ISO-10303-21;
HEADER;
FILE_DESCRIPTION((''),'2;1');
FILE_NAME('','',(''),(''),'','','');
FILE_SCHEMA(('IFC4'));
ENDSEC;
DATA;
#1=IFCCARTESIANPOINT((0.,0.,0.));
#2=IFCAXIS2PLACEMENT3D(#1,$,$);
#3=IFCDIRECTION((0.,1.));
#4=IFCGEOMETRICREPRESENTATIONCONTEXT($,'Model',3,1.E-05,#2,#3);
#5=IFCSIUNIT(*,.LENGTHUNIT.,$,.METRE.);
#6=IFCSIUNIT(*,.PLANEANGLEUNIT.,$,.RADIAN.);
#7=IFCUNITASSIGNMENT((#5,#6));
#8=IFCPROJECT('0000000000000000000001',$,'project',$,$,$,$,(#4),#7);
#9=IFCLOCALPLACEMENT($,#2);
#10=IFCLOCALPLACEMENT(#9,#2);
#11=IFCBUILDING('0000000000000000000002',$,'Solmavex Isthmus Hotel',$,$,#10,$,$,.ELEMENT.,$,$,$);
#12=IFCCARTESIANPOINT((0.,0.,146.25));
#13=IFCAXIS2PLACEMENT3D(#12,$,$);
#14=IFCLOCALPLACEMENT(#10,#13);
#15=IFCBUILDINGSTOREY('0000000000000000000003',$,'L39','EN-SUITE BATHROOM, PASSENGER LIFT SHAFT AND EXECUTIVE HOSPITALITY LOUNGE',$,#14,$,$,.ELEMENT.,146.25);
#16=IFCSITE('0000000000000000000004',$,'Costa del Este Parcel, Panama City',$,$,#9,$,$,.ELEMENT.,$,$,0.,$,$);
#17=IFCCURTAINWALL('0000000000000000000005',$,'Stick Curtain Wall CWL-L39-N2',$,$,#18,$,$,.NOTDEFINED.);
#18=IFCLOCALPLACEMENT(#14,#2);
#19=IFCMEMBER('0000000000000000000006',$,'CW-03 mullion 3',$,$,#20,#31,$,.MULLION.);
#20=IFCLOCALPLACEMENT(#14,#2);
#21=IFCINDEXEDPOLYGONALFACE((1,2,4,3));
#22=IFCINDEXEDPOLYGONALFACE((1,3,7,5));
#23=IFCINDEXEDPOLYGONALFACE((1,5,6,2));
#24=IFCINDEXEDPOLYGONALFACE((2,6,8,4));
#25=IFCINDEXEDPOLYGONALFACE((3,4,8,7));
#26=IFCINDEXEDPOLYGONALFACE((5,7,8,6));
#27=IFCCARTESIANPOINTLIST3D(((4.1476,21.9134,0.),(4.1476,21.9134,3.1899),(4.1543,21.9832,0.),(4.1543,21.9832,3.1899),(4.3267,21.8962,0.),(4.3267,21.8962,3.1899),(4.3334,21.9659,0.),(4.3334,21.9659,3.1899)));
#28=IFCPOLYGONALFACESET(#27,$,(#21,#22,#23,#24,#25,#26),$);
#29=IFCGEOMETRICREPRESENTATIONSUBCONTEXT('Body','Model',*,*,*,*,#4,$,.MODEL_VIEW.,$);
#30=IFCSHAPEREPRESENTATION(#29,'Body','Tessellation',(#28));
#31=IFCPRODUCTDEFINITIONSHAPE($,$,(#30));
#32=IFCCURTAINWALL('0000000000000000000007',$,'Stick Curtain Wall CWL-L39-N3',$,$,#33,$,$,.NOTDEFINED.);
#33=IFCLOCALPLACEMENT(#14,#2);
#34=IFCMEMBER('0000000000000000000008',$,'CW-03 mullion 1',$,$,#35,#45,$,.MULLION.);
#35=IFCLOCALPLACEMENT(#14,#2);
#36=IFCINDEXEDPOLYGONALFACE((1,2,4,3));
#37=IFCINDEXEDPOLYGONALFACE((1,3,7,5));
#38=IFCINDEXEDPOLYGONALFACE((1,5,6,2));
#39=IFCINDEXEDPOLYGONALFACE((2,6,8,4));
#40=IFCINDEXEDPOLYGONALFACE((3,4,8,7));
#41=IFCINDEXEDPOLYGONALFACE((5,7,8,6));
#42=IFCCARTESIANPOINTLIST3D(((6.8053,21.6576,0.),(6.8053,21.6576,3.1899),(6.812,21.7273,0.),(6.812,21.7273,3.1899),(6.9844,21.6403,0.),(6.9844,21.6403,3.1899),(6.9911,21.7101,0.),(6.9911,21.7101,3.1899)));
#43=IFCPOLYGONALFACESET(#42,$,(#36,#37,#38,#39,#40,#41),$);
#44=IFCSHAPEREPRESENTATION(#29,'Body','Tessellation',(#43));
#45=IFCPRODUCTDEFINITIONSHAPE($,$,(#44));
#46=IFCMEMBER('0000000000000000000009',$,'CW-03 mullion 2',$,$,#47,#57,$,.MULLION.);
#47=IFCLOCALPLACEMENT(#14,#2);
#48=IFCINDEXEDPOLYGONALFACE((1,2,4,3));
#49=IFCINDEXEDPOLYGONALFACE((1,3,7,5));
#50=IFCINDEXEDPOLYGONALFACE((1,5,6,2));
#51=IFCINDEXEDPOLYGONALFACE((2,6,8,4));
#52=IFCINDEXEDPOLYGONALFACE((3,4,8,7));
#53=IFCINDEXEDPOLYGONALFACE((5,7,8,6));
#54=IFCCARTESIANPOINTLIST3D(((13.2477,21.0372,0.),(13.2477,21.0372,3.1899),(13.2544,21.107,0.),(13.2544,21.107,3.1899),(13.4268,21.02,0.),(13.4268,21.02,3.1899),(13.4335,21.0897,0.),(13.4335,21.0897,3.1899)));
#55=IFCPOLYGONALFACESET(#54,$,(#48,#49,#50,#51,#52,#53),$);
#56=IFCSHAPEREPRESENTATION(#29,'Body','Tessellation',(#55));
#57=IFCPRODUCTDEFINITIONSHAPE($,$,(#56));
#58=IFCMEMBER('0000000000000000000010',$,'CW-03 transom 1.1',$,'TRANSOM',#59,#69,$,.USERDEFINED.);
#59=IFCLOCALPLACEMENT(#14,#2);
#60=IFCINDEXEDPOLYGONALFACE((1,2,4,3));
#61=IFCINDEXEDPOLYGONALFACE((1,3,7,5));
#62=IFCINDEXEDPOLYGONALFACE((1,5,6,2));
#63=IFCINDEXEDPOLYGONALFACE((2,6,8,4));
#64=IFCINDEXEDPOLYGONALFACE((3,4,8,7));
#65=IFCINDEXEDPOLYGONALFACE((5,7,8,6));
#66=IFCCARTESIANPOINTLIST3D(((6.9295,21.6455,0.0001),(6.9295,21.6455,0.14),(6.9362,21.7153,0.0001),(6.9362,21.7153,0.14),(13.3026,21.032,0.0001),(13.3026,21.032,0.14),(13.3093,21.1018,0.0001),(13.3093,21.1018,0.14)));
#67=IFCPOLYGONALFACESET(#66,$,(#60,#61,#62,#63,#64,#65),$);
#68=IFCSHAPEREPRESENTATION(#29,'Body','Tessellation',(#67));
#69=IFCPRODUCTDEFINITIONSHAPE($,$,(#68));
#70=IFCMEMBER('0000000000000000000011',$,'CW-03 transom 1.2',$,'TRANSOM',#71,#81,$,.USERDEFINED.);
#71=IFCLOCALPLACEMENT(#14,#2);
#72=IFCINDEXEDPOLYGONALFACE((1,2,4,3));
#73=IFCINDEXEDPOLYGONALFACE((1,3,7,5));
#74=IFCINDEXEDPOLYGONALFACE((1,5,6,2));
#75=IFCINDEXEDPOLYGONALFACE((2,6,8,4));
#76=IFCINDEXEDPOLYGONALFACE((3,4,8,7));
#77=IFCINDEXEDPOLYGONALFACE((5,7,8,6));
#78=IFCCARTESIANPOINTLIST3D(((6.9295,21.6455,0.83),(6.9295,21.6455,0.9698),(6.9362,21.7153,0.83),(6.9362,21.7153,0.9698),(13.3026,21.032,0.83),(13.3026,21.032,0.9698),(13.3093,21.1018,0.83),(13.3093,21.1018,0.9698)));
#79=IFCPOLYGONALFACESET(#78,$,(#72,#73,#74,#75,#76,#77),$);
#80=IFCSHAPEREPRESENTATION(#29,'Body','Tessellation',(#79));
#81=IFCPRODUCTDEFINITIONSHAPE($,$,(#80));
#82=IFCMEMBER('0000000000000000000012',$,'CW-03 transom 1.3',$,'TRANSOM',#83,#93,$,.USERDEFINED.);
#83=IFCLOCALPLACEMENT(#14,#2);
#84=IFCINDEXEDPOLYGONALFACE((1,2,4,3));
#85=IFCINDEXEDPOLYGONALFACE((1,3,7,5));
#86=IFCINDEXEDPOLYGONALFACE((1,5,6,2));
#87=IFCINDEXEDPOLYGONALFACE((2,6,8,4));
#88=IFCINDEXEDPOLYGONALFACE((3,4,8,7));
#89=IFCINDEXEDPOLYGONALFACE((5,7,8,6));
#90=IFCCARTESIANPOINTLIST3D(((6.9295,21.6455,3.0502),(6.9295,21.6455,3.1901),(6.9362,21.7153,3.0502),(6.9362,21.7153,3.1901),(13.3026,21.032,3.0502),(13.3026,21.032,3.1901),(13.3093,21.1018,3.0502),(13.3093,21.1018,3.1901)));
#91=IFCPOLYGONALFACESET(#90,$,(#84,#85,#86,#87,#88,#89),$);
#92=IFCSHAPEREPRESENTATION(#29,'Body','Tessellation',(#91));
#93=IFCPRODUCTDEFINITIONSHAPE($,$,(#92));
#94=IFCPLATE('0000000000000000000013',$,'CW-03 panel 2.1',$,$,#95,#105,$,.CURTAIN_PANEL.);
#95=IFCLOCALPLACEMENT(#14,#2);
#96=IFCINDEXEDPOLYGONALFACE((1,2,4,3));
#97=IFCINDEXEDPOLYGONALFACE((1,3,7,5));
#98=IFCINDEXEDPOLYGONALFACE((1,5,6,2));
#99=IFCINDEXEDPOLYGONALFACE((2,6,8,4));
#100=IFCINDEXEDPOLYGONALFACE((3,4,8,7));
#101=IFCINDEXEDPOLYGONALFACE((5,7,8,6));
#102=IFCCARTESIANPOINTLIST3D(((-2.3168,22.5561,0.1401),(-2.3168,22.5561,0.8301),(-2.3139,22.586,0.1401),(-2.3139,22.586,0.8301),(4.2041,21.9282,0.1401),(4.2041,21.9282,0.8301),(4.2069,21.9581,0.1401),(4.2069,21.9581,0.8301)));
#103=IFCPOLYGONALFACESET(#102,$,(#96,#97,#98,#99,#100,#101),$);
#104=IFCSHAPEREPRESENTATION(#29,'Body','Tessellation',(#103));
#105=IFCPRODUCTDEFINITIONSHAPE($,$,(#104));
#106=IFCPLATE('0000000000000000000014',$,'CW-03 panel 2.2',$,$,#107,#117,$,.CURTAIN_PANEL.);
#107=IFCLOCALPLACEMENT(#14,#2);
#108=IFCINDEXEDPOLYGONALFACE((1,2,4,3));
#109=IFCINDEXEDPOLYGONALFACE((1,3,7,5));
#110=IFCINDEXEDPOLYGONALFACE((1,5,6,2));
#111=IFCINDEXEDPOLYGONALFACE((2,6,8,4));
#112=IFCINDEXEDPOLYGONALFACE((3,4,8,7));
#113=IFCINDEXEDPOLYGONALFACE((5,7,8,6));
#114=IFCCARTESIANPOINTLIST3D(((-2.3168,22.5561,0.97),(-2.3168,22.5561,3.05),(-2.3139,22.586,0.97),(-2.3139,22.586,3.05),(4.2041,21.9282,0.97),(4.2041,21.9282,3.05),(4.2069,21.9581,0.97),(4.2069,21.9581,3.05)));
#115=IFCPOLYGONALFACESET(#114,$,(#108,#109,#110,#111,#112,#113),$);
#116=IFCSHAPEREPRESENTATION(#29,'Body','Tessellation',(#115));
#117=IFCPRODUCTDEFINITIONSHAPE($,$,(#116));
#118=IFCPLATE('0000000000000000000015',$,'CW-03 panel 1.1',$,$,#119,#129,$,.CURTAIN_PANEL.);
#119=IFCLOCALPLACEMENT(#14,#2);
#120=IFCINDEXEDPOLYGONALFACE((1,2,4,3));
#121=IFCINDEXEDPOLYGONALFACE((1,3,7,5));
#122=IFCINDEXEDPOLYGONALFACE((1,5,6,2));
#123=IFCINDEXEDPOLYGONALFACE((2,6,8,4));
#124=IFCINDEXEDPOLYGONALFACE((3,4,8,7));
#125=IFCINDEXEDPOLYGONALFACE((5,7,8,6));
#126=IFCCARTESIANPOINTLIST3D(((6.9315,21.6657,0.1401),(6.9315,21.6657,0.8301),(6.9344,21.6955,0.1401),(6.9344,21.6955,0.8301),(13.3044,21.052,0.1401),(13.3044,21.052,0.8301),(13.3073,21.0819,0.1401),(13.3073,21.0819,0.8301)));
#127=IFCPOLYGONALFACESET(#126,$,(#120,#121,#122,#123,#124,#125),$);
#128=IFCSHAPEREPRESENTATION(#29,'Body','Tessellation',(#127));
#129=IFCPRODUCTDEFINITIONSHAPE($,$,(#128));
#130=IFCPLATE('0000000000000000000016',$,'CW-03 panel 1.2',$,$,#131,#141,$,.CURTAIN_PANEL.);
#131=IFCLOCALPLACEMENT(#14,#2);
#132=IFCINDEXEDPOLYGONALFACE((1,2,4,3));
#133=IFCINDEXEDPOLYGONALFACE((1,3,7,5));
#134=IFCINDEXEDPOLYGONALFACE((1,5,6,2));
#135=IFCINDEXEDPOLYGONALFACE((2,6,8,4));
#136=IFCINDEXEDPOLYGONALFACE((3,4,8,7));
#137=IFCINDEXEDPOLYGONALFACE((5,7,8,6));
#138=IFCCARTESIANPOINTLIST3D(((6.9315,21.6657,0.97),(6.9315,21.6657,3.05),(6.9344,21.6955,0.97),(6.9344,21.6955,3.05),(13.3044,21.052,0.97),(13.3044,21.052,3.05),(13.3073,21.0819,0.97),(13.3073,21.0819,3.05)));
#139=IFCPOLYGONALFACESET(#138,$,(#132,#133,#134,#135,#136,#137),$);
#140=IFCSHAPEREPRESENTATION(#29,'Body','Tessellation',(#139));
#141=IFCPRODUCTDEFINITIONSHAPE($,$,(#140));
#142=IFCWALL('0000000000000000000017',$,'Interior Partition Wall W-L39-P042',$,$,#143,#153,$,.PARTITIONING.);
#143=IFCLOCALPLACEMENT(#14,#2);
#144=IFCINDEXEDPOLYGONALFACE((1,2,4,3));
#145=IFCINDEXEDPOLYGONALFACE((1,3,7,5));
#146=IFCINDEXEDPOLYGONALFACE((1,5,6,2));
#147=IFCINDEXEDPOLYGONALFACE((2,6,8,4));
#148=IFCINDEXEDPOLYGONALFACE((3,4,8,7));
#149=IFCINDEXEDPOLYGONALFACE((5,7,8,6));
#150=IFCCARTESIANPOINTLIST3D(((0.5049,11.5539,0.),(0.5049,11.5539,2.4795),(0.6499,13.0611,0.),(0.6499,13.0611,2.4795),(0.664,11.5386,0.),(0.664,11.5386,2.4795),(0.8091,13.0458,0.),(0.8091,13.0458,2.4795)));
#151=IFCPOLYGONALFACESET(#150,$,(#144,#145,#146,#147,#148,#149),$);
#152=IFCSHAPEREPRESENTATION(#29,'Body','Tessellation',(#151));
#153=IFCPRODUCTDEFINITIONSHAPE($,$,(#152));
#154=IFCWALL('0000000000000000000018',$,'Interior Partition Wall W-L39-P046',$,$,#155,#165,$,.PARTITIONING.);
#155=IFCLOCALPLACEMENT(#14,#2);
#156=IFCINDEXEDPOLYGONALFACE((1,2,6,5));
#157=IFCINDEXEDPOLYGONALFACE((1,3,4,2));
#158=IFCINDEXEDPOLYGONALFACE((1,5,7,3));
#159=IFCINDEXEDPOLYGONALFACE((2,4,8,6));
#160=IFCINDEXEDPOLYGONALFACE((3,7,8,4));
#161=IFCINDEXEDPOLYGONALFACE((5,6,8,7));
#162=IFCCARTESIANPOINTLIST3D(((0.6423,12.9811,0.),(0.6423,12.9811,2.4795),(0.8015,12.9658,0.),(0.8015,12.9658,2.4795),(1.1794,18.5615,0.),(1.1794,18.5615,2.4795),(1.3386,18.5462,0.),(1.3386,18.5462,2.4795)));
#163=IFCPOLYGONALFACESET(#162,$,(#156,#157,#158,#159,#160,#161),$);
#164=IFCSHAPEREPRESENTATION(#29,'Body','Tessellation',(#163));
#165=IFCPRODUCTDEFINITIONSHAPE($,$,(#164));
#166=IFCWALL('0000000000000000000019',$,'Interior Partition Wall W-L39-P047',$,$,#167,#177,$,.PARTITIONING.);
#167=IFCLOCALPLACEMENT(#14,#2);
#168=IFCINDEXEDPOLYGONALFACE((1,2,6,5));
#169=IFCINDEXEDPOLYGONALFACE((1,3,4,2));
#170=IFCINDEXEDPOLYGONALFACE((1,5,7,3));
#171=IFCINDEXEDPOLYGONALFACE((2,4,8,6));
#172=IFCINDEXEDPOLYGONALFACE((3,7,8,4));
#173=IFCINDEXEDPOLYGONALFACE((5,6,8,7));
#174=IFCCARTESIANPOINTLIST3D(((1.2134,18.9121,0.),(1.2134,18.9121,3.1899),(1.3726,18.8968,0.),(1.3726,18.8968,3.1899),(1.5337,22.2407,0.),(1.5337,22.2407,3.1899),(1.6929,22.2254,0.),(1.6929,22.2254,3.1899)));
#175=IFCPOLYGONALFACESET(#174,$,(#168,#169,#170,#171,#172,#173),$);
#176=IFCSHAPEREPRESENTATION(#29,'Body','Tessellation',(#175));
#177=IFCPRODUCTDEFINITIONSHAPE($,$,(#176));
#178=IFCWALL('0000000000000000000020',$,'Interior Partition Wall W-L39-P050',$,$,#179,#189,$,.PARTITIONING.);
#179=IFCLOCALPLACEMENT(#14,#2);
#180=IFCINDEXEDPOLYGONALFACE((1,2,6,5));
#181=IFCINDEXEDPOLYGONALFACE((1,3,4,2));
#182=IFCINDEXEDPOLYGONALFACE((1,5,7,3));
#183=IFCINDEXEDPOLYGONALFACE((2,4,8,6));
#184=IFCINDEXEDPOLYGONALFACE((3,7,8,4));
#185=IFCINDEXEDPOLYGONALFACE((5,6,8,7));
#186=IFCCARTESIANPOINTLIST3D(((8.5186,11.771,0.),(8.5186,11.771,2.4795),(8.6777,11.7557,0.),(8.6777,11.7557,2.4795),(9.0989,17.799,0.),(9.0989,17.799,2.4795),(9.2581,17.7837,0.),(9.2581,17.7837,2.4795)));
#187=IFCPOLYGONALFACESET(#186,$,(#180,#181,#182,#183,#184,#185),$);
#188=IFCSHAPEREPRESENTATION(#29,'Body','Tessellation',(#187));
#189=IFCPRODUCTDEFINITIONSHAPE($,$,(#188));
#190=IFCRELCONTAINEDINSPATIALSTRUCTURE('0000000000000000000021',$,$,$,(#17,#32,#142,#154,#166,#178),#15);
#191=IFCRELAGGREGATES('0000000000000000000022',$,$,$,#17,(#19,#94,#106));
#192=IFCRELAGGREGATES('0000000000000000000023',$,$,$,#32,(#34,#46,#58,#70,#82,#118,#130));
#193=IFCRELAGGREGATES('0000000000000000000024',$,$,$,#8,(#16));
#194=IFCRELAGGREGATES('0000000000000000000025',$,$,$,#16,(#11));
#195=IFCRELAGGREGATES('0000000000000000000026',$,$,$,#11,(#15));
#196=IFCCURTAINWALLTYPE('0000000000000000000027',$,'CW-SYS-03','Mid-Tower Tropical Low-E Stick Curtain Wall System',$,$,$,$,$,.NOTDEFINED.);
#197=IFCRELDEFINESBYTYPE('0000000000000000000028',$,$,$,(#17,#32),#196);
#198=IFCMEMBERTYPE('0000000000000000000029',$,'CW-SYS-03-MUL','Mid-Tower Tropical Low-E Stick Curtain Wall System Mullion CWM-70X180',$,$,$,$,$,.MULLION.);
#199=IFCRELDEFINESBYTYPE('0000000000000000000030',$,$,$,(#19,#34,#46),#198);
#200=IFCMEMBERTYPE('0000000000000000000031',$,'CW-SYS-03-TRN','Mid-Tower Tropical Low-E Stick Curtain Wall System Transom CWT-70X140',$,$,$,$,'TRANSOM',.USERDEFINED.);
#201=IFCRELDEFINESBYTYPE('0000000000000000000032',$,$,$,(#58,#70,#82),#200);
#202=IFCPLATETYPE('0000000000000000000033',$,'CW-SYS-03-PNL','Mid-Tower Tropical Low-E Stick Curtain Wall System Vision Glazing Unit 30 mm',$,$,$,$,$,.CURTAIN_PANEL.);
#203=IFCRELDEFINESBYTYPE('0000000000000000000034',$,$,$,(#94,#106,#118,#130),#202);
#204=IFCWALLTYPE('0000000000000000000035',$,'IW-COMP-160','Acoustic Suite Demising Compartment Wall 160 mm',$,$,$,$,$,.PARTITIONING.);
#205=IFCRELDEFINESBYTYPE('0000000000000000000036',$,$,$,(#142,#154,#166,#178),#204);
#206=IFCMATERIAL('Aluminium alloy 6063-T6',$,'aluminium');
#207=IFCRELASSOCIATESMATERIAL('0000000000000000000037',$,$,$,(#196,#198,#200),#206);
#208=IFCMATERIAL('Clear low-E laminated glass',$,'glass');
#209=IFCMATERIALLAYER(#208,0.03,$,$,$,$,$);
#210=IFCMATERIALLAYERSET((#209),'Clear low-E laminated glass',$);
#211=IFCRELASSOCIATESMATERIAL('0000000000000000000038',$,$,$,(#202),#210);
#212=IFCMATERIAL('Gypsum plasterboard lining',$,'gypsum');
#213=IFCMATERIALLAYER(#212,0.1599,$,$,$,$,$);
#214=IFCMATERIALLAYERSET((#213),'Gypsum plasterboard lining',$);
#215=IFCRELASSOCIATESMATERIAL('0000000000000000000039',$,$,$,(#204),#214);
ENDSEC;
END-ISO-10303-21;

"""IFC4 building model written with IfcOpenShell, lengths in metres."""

from ifc_helpers import new_model, si_unit, direction, frame, frame_2d, origin, origin_2d, place, context, subcontext, project, spatial, rectangle, extrude, material, layer, layer_set, material_profile, profile_set, type_object, element, aggregate, save


model = new_model("IFC4")

# Units and contexts
model_context = context("Model", 3, precision=1e-05, world=origin(), true_north=direction((0.0, 1.0)))
body_context = subcontext(model_context, "Body", "Model", "MODEL_VIEW")
ifc_project = project(units=[si_unit("LENGTHUNIT", "METRE"), si_unit("PLANEANGLEUNIT", "RADIAN")], contexts=[model_context])

# Site, building, storey
site_placement = place(None, origin())
site = spatial("IfcSite", under=ifc_project, at=site_placement, Name="Costa del Este Parcel, Panama City", CompositionType="ELEMENT", RefElevation=0.0)
building_placement = place(site_placement, origin())
building = spatial("IfcBuilding", under=site, at=building_placement, Name="Solmavex Isthmus Hotel", CompositionType="ELEMENT")
storey_placement = place(building_placement, frame((0.0, 0.0, 146.25)))
storey = spatial("IfcBuildingStorey", under=building, at=storey_placement, Name="L39", Description="EN-SUITE BATHROOM, PASSENGER LIFT SHAFT AND EXECUTIVE HOSPITALITY LOUNGE", CompositionType="ELEMENT", Elevation=146.25)

# Curtain wall, member
ifc_material_1 = material(Name="Aluminium alloy 6063-T6", Category="aluminium")
curtain_wall_type = type_object("IfcCurtainWallType", Name="CW-SYS-03", Description="Mid-Tower Tropical Low-E Stick Curtain Wall System", PredefinedType="NOTDEFINED", material=ifc_material_1)
curtain_wall_1_placement = place(storey_placement, origin())
curtain_wall_1 = element("IfcCurtainWall", 1, at=curtain_wall_1_placement, inside=storey, type_object=curtain_wall_type, Name="Stick Curtain Wall CWL-L39-N2", PredefinedType="NOTDEFINED")
ifc_material_profile_1 = material_profile(ifc_material_1, rectangle(XDim=0.0701, YDim=0.1799, at=origin_2d()), Name="CWM-70X180")
ifc_profile_set_1 = profile_set([ifc_material_profile_1], Name="Aluminium alloy 6063-T6")
member_type_1 = type_object("IfcMemberType", Name="CW-SYS-03-MUL", Description="Mid-Tower Tropical Low-E Stick Curtain Wall System Mullion CWM-70X180", PredefinedType="MULLION", material=ifc_profile_set_1)
member_1_placement = place(storey_placement, frame((4.2405, 21.9397, 0.0), z_axis=(0.0, 0.0, 1.0), x_axis=(0.095845, 0.995396, 0.0)))
member_1 = element("IfcMember", 2, at=member_1_placement, type_object=member_type_1, Name="CW-03 mullion 3", PredefinedType="MULLION", context=body_context, shape_type="SweptSolid", body=[
    extrude(rectangle(XDim=0.0701, YDim=0.1799, at=origin_2d()), origin(), (0.0, 0.0, 1.0), 3.1899),
])

# Curtain wall, members
curtain_wall_2_placement = place(storey_placement, origin())
curtain_wall_2 = element("IfcCurtainWall", 3, at=curtain_wall_2_placement, inside=storey, type_object=curtain_wall_type, Name="Stick Curtain Wall CWL-L39-N3", PredefinedType="NOTDEFINED")
member_2_placement = place(storey_placement, frame((6.8982, 21.6838, 0.0), z_axis=(0.0, 0.0, 1.0), x_axis=(0.095846, 0.995396, 0.0)))
member_2 = element("IfcMember", 4, at=member_2_placement, type_object=member_type_1, Name="CW-03 mullion 1", PredefinedType="MULLION", context=body_context, shape_type="SweptSolid", body=[
    extrude(rectangle(XDim=0.0701, YDim=0.1799, at=origin_2d()), origin(), (0.0, 0.0, 1.0), 3.1899),
])
member_3_placement = place(storey_placement, frame((13.3406, 21.0635, 0.0), z_axis=(0.0, 0.0, 1.0), x_axis=(0.095846, 0.995396, 0.0)))
member_3 = element("IfcMember", 5, at=member_3_placement, type_object=member_type_1, Name="CW-03 mullion 2", PredefinedType="MULLION", context=body_context, shape_type="SweptSolid", body=[
    extrude(rectangle(XDim=0.0701, YDim=0.1799, at=origin_2d()), origin(), (0.0, 0.0, 1.0), 3.1899),
])
ifc_material_profile_2 = material_profile(ifc_material_1, rectangle(XDim=0.0701, YDim=0.1399, at=origin_2d()), Name="CWT-70X140")
ifc_profile_set_2 = profile_set([ifc_material_profile_2], Name="Aluminium alloy 6063-T6")
member_type_2 = type_object("IfcMemberType", Name="CW-SYS-03-TRN", Description="Mid-Tower Tropical Low-E Stick Curtain Wall System Transom CWT-70X140", ElementType="TRANSOM", PredefinedType="USERDEFINED", material=ifc_profile_set_2)
member_4_placement = place(storey_placement, frame((6.9329, 21.6804, 0.0701), z_axis=(0.995398, -0.095826, 0.0), x_axis=(0.095826, 0.995398, 0.0)))
member_4 = element("IfcMember", 6, at=member_4_placement, type_object=member_type_2, Name="CW-03 transom 1.1", ObjectType="TRANSOM", PredefinedType="USERDEFINED", context=body_context, shape_type="SweptSolid", body=[
    extrude(rectangle(XDim=0.0701, YDim=0.1399, at=origin_2d()), origin(), (0.0, 0.0, 1.0), 6.4026),
])
member_5_placement = place(storey_placement, frame((6.9329, 21.6804, 0.8999), z_axis=(0.995398, -0.095826, 0.0), x_axis=(0.095826, 0.995398, 0.0)))
member_5 = element("IfcMember", 7, at=member_5_placement, type_object=member_type_2, Name="CW-03 transom 1.2", ObjectType="TRANSOM", PredefinedType="USERDEFINED", context=body_context, shape_type="SweptSolid", body=[
    extrude(rectangle(XDim=0.0701, YDim=0.1399, at=origin_2d()), origin(), (0.0, 0.0, 1.0), 6.4026),
])
member_6_placement = place(storey_placement, frame((6.9329, 21.6804, 3.1201), z_axis=(0.995398, -0.095826, 0.0), x_axis=(0.095826, 0.995398, 0.0)))
member_6 = element("IfcMember", 8, at=member_6_placement, type_object=member_type_2, Name="CW-03 transom 1.3", ObjectType="TRANSOM", PredefinedType="USERDEFINED", context=body_context, shape_type="SweptSolid", body=[
    extrude(rectangle(XDim=0.0701, YDim=0.1399, at=origin_2d()), origin(), (0.0, 0.0, 1.0), 6.4026),
])

# Plates
ifc_material_2 = material(Name="Clear low-E laminated glass", Category="glass")
ifc_layer_1 = layer(ifc_material_2, 0.03)
ifc_layer_set_1 = layer_set([ifc_layer_1], Name="Clear low-E laminated glass")
plate_type = type_object("IfcPlateType", Name="CW-SYS-03-PNL", Description="Mid-Tower Tropical Low-E Stick Curtain Wall System Vision Glazing Unit 30 mm", PredefinedType="CURTAIN_PANEL", material=ifc_layer_set_1)
plate_1_placement = place(storey_placement, frame((0.9451, 22.2571, 0.1401), z_axis=(0.0, 0.0, 1.0), x_axis=(0.995396, -0.095845, 0.0)))
plate_1 = element("IfcPlate", 9, at=plate_1_placement, type_object=plate_type, Name="CW-03 panel 2.1", PredefinedType="CURTAIN_PANEL", context=body_context, shape_type="SweptSolid", body=[
    extrude(rectangle(XDim=6.551, YDim=0.03, at=origin_2d()), origin(), (0.0, 0.0, 1.0), 0.6899),
])
plate_2_placement = place(storey_placement, frame((0.9451, 22.2571, 0.97), z_axis=(0.0, 0.0, 1.0), x_axis=(0.995396, -0.095845, 0.0)))
plate_2 = element("IfcPlate", 10, at=plate_2_placement, type_object=plate_type, Name="CW-03 panel 2.2", PredefinedType="CURTAIN_PANEL", context=body_context, shape_type="SweptSolid", body=[
    extrude(rectangle(XDim=6.551, YDim=0.03, at=origin_2d()), origin(), (0.0, 0.0, 1.0), 2.0801),
])
aggregate(curtain_wall_1, [member_1, plate_1, plate_2])
plate_3_placement = place(storey_placement, frame((10.1194, 21.3738, 0.1401), z_axis=(0.0, 0.0, 1.0), x_axis=(0.995396, -0.095846, 0.0)))
plate_3 = element("IfcPlate", 11, at=plate_3_placement, type_object=plate_type, Name="CW-03 panel 1.1", PredefinedType="CURTAIN_PANEL", context=body_context, shape_type="SweptSolid", body=[
    extrude(rectangle(XDim=6.4023, YDim=0.03, at=origin_2d()), origin(), (0.0, 0.0, 1.0), 0.6899),
])
plate_4_placement = place(storey_placement, frame((10.1194, 21.3738, 0.97), z_axis=(0.0, 0.0, 1.0), x_axis=(0.995396, -0.095846, 0.0)))
plate_4 = element("IfcPlate", 12, at=plate_4_placement, type_object=plate_type, Name="CW-03 panel 1.2", PredefinedType="CURTAIN_PANEL", context=body_context, shape_type="SweptSolid", body=[
    extrude(rectangle(XDim=6.4023, YDim=0.03, at=origin_2d()), origin(), (0.0, 0.0, 1.0), 2.0801),
])
aggregate(curtain_wall_2, [member_2, member_3, member_4, member_5, member_6, plate_3, plate_4])

# Walls
ifc_material_3 = material(Name="Gypsum plasterboard lining", Category="gypsum")
ifc_layer_2 = layer(ifc_material_3, 0.1599)
ifc_layer_set_2 = layer_set([ifc_layer_2], Name="Gypsum plasterboard lining")
wall_type_1 = type_object("IfcWallType", Name="IW-COMP-160", Description="Acoustic Suite Demising Compartment Wall 160 mm", PredefinedType="PARTITIONING", material=ifc_layer_set_2)
wall_1_placement = place(storey_placement, frame((0.7295, 13.0535, 0.0), z_axis=(0.0, 0.0, 1.0), x_axis=(-0.095783, -0.995402, 0.0)))
element("IfcWall", 13, at=wall_1_placement, inside=storey, type_object=wall_type_1, Name="Interior Partition Wall W-L39-P042", PredefinedType="PARTITIONING", context=body_context, shape_type="SweptSolid", body=[
    extrude(rectangle(XDim=1.5142, YDim=0.1599, at=frame_2d((0.7571, 0.0))), origin(), (0.0, 0.0, 1.0), 2.4795),
])
wall_2_placement = place(storey_placement, frame((1.259, 18.554, 0.0), z_axis=(0.0, 0.0, 1.0), x_axis=(-0.095808, -0.9954, 0.0)))
element("IfcWall", 14, at=wall_2_placement, inside=storey, type_object=wall_type_1, Name="Interior Partition Wall W-L39-P046", PredefinedType="PARTITIONING", context=body_context, shape_type="SweptSolid", body=[
    extrude(rectangle(XDim=5.6062, YDim=0.1599, at=frame_2d((2.8032, 0.0))), origin(), (0.0, 0.0, 1.0), 2.4795),
])
wall_3_placement = place(storey_placement, frame((1.6133, 22.2329, 0.0), z_axis=(0.0, 0.0, 1.0), x_axis=(-0.095788, -0.995402, 0.0)))
element("IfcWall", 15, at=wall_3_placement, inside=storey, type_object=wall_type_1, Name="Interior Partition Wall W-L39-P047", PredefinedType="PARTITIONING", context=body_context, shape_type="SweptSolid", body=[
    extrude(rectangle(XDim=3.344, YDim=0.1599, at=frame_2d((1.6719, 0.0))), origin(), (0.0, 0.0, 1.0), 3.1899),
])
wall_4_placement = place(storey_placement, frame((9.1785, 17.7913, 0.0), z_axis=(0.0, 0.0, 1.0), x_axis=(-0.095827, -0.995398, 0.0)))
element("IfcWall", 16, at=wall_4_placement, inside=storey, type_object=wall_type_1, Name="Interior Partition Wall W-L39-P050", PredefinedType="PARTITIONING", context=body_context, shape_type="SweptSolid", body=[
    extrude(rectangle(XDim=6.0559, YDim=0.1599, at=frame_2d((3.0278, 0.0))), origin(), (0.0, 0.0, 1.0), 2.4795),
])

save(model, "model.ifc")
